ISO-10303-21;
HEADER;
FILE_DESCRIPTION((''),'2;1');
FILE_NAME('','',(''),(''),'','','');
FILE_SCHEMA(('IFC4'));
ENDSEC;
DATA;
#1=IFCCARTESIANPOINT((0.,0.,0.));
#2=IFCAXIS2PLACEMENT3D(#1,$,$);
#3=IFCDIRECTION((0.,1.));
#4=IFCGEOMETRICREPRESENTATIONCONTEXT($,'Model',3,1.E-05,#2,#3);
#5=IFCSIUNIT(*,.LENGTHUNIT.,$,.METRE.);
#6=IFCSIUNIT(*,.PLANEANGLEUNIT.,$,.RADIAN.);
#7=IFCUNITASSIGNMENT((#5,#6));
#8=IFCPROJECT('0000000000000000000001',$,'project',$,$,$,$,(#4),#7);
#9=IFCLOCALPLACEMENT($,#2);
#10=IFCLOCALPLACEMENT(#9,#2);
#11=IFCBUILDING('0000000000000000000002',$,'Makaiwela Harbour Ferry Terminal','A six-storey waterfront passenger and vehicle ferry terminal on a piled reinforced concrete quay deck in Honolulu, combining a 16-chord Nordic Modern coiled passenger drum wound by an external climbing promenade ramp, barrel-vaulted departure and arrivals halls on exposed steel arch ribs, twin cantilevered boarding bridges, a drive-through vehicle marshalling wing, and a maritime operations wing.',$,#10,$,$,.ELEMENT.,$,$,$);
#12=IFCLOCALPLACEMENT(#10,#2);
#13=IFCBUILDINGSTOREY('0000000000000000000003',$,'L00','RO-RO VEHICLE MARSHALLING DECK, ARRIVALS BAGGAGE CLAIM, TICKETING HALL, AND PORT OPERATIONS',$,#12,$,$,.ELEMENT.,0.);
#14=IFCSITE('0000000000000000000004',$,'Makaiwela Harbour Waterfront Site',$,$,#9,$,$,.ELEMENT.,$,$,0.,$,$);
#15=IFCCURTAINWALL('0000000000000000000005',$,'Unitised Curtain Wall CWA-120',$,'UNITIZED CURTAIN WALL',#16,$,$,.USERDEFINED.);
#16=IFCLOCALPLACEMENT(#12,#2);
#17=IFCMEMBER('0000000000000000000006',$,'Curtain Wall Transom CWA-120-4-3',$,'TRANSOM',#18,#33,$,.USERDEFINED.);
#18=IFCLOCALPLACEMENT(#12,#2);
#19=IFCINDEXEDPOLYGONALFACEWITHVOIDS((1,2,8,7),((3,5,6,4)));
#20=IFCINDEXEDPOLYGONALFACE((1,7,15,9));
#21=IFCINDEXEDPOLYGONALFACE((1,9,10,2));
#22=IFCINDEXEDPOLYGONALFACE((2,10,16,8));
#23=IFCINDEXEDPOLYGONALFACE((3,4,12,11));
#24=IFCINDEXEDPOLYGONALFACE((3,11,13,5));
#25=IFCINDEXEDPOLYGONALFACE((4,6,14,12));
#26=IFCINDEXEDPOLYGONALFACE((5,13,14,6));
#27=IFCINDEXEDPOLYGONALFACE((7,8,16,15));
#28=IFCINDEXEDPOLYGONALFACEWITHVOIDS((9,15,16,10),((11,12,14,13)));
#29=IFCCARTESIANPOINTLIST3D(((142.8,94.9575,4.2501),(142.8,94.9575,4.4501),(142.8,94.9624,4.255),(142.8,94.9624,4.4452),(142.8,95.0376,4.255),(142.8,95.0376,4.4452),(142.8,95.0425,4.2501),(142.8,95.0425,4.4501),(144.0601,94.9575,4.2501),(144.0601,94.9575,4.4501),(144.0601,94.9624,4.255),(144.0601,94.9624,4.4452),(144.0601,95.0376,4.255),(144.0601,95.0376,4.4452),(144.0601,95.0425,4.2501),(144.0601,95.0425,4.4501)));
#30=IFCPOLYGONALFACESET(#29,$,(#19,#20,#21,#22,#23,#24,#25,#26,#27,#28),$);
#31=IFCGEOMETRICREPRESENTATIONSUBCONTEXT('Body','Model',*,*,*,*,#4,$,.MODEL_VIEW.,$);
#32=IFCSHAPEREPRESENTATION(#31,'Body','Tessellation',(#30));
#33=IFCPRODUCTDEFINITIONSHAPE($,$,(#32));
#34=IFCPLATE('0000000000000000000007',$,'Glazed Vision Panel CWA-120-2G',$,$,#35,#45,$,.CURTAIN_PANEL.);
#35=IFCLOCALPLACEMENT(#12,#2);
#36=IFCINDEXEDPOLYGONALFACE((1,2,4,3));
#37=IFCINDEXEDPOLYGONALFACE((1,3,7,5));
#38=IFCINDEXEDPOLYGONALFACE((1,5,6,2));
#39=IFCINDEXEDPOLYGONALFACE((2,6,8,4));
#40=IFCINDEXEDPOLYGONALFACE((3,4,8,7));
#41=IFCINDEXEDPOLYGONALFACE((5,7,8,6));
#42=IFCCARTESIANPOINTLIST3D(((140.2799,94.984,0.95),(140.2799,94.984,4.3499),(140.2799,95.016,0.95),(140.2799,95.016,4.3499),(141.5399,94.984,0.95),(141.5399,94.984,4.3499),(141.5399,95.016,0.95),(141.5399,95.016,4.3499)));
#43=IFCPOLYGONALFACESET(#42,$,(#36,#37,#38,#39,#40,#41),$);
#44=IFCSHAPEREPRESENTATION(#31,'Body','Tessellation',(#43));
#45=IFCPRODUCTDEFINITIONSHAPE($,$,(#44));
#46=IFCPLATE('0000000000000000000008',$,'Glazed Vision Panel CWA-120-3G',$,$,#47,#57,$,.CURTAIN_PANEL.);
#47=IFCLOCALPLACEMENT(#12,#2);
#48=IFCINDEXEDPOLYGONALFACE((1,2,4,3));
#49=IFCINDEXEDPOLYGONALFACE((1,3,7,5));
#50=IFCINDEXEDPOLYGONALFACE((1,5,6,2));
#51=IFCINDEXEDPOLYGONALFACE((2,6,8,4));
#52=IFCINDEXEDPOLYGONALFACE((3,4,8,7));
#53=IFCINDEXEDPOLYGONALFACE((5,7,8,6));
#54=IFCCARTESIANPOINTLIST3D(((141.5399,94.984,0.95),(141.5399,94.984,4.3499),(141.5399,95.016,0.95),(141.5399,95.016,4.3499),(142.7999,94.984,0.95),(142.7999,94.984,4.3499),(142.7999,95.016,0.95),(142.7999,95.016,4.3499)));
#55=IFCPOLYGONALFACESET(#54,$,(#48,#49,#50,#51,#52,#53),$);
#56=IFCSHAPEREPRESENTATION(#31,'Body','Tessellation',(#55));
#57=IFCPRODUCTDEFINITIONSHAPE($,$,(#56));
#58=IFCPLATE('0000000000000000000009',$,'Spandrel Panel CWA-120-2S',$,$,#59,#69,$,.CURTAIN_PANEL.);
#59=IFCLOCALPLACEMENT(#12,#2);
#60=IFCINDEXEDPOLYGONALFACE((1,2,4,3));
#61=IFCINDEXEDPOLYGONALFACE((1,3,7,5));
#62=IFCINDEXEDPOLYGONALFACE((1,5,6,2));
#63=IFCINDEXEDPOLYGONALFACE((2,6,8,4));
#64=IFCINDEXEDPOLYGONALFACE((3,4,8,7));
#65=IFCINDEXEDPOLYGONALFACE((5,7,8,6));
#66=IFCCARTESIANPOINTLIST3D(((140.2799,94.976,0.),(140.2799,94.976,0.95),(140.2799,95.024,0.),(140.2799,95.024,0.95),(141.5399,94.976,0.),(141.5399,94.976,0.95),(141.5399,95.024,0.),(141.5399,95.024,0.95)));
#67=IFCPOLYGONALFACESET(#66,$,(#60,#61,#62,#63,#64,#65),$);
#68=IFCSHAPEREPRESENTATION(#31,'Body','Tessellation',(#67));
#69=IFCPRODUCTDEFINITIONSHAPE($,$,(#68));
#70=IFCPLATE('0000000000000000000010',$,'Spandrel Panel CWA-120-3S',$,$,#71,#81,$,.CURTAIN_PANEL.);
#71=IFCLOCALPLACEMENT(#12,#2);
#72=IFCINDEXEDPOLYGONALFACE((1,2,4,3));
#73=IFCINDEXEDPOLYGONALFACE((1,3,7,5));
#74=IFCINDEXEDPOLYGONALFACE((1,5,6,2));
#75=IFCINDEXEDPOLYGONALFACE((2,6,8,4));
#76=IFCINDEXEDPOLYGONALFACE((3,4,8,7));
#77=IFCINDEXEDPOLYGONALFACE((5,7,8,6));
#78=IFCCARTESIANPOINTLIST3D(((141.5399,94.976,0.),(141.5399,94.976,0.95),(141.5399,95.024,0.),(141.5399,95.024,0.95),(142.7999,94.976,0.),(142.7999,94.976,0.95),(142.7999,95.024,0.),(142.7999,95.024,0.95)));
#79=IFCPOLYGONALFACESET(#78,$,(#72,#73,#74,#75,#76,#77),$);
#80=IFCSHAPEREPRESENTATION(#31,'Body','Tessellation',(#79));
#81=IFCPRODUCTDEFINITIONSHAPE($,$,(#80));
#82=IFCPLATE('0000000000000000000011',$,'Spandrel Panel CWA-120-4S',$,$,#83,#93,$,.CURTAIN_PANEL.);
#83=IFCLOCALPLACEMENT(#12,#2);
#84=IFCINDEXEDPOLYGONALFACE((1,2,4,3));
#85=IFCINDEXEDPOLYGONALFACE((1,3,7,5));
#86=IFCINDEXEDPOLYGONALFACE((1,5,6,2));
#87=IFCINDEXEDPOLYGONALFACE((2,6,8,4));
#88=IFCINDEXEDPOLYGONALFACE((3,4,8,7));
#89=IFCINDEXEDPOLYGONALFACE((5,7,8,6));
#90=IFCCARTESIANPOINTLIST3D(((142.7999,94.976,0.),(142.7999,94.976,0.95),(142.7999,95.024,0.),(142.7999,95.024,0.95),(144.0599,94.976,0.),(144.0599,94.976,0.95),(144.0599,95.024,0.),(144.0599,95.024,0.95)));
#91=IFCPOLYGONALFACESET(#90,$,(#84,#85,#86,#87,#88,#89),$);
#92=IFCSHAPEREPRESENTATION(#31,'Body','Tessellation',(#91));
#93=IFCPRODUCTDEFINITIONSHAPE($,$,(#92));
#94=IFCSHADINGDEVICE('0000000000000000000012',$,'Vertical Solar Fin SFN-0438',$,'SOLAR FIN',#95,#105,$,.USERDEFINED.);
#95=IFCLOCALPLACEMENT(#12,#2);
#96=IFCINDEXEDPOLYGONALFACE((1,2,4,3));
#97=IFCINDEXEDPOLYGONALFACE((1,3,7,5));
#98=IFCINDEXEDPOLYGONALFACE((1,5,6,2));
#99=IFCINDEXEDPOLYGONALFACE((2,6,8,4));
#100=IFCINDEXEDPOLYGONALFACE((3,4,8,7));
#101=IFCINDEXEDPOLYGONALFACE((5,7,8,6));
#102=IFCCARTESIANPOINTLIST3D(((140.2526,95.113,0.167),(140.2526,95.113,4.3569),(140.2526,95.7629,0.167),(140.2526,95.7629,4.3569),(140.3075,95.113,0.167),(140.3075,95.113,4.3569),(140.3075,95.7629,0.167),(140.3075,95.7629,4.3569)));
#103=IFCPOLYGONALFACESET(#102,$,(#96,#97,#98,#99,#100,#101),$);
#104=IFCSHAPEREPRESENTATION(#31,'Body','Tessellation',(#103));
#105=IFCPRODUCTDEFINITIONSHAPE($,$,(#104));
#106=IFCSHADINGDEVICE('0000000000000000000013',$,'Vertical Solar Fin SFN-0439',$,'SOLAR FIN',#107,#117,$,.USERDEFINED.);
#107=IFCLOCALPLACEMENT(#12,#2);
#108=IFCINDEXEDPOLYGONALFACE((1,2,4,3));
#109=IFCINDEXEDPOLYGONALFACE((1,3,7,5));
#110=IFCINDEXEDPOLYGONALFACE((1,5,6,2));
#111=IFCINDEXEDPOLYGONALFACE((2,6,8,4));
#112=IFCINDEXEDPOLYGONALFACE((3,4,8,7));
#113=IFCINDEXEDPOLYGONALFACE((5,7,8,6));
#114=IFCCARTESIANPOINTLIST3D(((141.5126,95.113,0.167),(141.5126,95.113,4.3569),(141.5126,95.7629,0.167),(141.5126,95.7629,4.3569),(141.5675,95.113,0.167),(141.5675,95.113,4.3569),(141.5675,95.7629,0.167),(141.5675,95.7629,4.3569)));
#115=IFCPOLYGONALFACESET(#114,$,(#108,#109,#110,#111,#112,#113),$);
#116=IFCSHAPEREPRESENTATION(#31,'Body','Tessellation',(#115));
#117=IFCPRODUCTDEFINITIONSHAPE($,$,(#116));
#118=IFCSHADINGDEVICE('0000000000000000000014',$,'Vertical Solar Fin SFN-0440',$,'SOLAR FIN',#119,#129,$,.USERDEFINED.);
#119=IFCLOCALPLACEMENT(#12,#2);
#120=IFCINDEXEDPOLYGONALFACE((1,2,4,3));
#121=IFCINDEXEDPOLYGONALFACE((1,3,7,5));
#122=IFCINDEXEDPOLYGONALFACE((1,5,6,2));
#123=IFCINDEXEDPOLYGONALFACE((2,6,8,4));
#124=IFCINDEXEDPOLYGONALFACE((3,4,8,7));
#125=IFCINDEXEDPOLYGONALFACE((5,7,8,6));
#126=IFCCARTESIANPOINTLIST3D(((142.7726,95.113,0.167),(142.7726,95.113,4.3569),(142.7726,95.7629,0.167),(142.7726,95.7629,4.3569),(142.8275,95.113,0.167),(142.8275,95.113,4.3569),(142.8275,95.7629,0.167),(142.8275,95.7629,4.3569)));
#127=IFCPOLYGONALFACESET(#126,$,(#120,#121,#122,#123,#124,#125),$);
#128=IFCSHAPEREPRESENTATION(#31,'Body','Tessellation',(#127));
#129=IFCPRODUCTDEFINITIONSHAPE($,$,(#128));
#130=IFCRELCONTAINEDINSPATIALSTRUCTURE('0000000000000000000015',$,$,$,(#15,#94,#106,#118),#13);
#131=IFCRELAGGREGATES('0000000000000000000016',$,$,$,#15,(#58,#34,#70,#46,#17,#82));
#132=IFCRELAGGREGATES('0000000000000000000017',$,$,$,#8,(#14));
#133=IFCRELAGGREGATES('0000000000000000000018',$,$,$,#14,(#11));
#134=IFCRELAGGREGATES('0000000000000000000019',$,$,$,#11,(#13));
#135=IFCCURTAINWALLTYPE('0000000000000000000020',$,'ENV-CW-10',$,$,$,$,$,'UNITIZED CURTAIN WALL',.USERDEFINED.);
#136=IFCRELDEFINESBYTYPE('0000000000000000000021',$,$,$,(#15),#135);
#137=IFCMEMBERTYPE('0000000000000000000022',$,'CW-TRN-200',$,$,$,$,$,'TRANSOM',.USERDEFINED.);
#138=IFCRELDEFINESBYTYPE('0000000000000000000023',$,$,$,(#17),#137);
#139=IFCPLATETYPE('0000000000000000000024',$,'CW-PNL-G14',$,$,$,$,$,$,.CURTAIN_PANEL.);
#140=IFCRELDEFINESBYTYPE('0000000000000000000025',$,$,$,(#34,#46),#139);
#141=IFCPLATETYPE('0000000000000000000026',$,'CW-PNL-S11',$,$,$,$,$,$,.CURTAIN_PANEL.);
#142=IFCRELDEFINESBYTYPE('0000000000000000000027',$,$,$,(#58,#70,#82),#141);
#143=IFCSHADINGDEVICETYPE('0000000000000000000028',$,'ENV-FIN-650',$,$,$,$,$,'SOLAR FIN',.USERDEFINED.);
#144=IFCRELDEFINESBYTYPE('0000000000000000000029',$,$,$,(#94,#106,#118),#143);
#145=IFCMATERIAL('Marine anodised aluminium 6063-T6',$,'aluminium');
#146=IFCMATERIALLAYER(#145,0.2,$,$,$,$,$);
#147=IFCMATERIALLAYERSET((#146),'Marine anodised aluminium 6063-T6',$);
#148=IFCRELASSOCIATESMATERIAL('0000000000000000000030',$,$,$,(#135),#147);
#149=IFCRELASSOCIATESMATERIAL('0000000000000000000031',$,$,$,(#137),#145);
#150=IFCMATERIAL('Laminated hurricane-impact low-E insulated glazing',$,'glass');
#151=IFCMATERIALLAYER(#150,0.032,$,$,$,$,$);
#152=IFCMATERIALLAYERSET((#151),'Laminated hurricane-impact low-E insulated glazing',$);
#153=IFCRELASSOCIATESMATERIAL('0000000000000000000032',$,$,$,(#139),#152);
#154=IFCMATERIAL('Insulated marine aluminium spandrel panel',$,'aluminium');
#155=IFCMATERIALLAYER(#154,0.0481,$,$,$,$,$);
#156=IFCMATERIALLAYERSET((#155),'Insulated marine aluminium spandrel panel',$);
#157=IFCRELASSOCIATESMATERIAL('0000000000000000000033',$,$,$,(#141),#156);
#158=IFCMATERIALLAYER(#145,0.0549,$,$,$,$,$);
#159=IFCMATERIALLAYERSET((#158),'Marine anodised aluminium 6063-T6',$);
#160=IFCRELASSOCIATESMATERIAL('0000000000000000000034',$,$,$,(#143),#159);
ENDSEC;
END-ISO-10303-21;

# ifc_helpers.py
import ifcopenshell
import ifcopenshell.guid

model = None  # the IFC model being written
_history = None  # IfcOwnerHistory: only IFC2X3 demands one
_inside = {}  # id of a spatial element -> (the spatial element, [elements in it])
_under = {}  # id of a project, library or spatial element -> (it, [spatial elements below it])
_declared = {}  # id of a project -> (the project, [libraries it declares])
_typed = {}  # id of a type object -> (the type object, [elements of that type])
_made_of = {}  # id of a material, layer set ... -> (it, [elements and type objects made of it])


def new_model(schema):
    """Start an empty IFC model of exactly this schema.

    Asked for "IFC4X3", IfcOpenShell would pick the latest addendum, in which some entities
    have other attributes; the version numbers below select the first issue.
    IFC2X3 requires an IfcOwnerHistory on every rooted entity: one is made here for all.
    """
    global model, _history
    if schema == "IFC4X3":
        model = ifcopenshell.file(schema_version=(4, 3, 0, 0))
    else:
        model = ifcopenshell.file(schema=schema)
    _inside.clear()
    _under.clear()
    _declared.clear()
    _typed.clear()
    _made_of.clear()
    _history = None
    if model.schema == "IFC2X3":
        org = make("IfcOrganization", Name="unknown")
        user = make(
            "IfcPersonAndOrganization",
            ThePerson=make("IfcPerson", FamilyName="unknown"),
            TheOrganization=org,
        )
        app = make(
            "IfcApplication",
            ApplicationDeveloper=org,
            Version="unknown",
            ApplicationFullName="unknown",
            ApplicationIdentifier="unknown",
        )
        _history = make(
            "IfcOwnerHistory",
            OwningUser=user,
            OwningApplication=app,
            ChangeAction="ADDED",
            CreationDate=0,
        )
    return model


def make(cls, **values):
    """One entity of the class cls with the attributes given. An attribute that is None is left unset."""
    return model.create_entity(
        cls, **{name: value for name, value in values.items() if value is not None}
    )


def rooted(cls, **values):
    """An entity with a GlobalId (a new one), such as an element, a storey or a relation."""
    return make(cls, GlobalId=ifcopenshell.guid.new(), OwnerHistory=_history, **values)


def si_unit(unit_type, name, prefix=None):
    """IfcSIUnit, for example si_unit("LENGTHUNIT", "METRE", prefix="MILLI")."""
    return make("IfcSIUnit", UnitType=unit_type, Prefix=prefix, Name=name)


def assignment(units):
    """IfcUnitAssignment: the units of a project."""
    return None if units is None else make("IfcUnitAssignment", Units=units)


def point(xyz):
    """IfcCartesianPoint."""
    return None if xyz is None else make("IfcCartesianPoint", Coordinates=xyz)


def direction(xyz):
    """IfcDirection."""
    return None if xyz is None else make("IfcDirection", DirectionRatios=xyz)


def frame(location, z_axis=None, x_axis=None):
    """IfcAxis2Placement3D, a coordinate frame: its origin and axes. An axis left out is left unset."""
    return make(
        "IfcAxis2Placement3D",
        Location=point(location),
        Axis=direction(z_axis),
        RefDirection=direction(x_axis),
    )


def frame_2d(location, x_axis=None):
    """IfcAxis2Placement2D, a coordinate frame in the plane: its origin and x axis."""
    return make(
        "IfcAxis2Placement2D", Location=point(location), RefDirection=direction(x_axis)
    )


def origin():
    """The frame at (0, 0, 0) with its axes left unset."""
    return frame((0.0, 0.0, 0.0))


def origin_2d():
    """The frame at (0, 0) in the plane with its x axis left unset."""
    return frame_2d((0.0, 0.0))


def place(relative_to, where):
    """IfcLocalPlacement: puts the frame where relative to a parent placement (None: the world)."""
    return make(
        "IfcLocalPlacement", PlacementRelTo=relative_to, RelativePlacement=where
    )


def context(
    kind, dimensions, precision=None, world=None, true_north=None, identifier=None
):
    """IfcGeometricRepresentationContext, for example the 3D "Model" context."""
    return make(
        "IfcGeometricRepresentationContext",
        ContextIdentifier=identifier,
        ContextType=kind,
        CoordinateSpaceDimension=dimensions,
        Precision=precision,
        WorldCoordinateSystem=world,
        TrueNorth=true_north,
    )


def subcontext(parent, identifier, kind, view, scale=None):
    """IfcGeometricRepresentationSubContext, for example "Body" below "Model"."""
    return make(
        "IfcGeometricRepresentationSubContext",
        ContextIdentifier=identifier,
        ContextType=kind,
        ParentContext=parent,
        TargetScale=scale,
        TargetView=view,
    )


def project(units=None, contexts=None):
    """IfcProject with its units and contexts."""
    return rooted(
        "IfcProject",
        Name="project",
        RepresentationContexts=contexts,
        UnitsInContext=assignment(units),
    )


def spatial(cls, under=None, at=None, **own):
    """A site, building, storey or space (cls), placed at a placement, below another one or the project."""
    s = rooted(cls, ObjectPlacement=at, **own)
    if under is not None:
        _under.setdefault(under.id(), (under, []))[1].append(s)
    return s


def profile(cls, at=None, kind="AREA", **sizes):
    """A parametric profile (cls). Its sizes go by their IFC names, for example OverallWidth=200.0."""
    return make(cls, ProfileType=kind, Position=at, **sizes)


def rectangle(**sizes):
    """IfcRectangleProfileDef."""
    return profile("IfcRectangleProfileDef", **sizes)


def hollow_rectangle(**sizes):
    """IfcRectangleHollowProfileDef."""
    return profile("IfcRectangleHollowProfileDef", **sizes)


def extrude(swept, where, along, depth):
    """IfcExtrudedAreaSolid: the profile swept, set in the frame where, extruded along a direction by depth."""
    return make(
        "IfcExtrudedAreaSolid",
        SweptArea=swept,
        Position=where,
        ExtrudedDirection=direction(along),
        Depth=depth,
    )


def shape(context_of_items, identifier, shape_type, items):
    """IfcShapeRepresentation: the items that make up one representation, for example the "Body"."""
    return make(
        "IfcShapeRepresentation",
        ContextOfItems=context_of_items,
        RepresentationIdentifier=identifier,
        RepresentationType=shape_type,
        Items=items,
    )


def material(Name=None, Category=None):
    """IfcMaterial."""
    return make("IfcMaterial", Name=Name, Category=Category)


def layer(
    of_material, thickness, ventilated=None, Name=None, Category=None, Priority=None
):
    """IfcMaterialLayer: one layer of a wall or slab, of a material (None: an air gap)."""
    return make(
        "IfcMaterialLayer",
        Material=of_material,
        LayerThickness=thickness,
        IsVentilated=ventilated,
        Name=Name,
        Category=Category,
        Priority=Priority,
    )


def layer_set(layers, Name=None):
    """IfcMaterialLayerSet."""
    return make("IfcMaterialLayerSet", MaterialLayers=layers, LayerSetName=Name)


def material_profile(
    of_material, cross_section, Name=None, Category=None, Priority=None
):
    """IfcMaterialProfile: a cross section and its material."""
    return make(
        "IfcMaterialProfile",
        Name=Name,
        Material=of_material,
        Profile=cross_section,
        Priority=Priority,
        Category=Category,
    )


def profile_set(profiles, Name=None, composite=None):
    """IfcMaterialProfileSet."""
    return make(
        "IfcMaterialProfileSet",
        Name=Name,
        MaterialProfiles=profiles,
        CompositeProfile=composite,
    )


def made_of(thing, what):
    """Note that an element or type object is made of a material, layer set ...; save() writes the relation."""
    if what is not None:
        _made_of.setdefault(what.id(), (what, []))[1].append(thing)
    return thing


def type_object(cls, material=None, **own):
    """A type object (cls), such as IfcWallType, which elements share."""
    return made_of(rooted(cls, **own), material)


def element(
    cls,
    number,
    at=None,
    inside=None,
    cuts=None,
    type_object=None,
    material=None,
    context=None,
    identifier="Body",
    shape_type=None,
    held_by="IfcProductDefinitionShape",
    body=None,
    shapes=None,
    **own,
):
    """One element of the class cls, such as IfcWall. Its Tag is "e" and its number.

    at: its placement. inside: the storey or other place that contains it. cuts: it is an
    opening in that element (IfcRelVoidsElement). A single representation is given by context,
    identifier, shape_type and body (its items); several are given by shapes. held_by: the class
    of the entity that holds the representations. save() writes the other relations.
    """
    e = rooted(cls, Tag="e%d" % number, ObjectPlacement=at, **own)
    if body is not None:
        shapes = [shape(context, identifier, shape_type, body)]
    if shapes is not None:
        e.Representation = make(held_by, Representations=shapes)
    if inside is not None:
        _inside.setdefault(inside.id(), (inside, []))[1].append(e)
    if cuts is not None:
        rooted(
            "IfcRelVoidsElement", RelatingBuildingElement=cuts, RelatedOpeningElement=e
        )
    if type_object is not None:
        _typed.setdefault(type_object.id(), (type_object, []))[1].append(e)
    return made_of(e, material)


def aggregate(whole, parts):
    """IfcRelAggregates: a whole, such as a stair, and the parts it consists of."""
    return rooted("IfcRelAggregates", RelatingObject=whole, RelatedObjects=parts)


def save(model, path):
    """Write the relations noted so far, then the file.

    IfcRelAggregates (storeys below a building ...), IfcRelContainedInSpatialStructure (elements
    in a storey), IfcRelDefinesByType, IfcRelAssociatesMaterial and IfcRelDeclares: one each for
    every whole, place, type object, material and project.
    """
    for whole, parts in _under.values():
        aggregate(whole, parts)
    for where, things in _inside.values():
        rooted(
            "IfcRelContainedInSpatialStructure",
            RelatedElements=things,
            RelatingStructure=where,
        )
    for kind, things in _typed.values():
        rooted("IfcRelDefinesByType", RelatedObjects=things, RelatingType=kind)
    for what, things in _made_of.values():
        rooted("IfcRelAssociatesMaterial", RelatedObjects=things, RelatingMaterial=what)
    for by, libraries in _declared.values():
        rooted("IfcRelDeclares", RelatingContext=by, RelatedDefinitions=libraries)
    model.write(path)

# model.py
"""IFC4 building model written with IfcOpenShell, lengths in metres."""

from ifc_helpers import new_model, si_unit, direction, frame, origin, origin_2d, place, context, subcontext, project, spatial, rectangle, hollow_rectangle, extrude, material, layer, layer_set, material_profile, profile_set, type_object, element, aggregate, save


model = new_model("IFC4")

# Units and contexts
model_context = context("Model", 3, precision=1e-05, world=origin(), true_north=direction((0.0, 1.0)))
body_context = subcontext(model_context, "Body", "Model", "MODEL_VIEW")
ifc_project = project(units=[si_unit("LENGTHUNIT", "METRE"), si_unit("PLANEANGLEUNIT", "RADIAN")], contexts=[model_context])

# Site, building, storey
site_placement = place(None, origin())
site = spatial("IfcSite", under=ifc_project, at=site_placement, Name="Makaiwela Harbour Waterfront Site", CompositionType="ELEMENT", RefElevation=0.0)
building_placement = place(site_placement, origin())
building = spatial("IfcBuilding", under=site, at=building_placement, Name="Makaiwela Harbour Ferry Terminal", Description="A six-storey waterfront passenger and vehicle ferry terminal on a piled reinforced concrete quay deck in Honolulu, combining a 16-chord Nordic Modern coiled passenger drum wound by an external climbing promenade ramp, barrel-vaulted departure and arrivals halls on exposed steel arch ribs, twin cantilevered boarding bridges, a drive-through vehicle marshalling wing, and a maritime operations wing.", CompositionType="ELEMENT")
storey_placement = place(building_placement, origin())
storey = spatial("IfcBuildingStorey", under=building, at=storey_placement, Name="L00", Description="RO-RO VEHICLE MARSHALLING DECK, ARRIVALS BAGGAGE CLAIM, TICKETING HALL, AND PORT OPERATIONS", CompositionType="ELEMENT", Elevation=0.0)

# Curtain wall, member, plates
ifc_material_1 = material(Name="Marine anodised aluminium 6063-T6", Category="aluminium")
ifc_layer_1 = layer(ifc_material_1, 0.2)
ifc_layer_set_1 = layer_set([ifc_layer_1], Name="Marine anodised aluminium 6063-T6")
curtain_wall_type = type_object("IfcCurtainWallType", Name="ENV-CW-10", ElementType="UNITIZED CURTAIN WALL", PredefinedType="USERDEFINED", material=ifc_layer_set_1)
curtain_wall_placement = place(storey_placement, origin())
curtain_wall = element("IfcCurtainWall", 1, at=curtain_wall_placement, inside=storey, type_object=curtain_wall_type, Name="Unitised Curtain Wall CWA-120", ObjectType="UNITIZED CURTAIN WALL", PredefinedType="USERDEFINED")
ifc_material_profile_1 = material_profile(ifc_material_1, hollow_rectangle(XDim=0.085, YDim=0.2, WallThickness=0.0049, at=origin_2d()), Name="CWT-200X85")
ifc_profile_set_1 = profile_set([ifc_material_profile_1], Name="Marine anodised aluminium 6063-T6")
member_type_1 = type_object("IfcMemberType", Name="CW-TRN-200", ElementType="TRANSOM", PredefinedType="USERDEFINED", material=ifc_profile_set_1)
member_1_placement = place(storey_placement, frame((142.8, 95.0, 4.3501), z_axis=(1.0, 0.0, 0.0), x_axis=(0.0, 1.0, 0.0)))
member_1 = element("IfcMember", 2, at=member_1_placement, type_object=member_type_1, Name="Curtain Wall Transom CWA-120-4-3", ObjectType="TRANSOM", PredefinedType="USERDEFINED", context=body_context, shape_type="SweptSolid", body=[
    extrude(hollow_rectangle(XDim=0.085, YDim=0.2, WallThickness=0.0049, at=origin_2d()), origin(), (0.0, 0.0, 1.0), 1.26),
])
ifc_material_2 = material(Name="Laminated hurricane-impact low-E insulated glazing", Category="glass")
ifc_layer_2 = layer(ifc_material_2, 0.032)
ifc_layer_set_2 = layer_set([ifc_layer_2], Name="Laminated hurricane-impact low-E insulated glazing")
plate_type_1 = type_object("IfcPlateType", Name="CW-PNL-G14", PredefinedType="CURTAIN_PANEL", material=ifc_layer_set_2)
plate_1_placement = place(storey_placement, frame((140.9099, 95.0, 0.95), z_axis=(0.0, 0.0, 1.0), x_axis=(1.0, 0.0, 0.0)))
plate_1 = element("IfcPlate", 3, at=plate_1_placement, type_object=plate_type_1, Name="Glazed Vision Panel CWA-120-2G", PredefinedType="CURTAIN_PANEL", context=body_context, shape_type="SweptSolid", body=[
    extrude(rectangle(XDim=1.26, YDim=0.032, at=origin_2d()), origin(), (0.0, 0.0, 1.0), 3.3999),
])
plate_2_placement = place(storey_placement, frame((142.1699, 95.0, 0.95), z_axis=(0.0, 0.0, 1.0), x_axis=(1.0, 0.0, 0.0)))
plate_2 = element("IfcPlate", 4, at=plate_2_placement, type_object=plate_type_1, Name="Glazed Vision Panel CWA-120-3G", PredefinedType="CURTAIN_PANEL", context=body_context, shape_type="SweptSolid", body=[
    extrude(rectangle(XDim=1.26, YDim=0.032, at=origin_2d()), origin(), (0.0, 0.0, 1.0), 3.3999),
])
ifc_material_3 = material(Name="Insulated marine aluminium spandrel panel", Category="aluminium")
ifc_layer_3 = layer(ifc_material_3, 0.0481)
ifc_layer_set_3 = layer_set([ifc_layer_3], Name="Insulated marine aluminium spandrel panel")
plate_type_2 = type_object("IfcPlateType", Name="CW-PNL-S11", PredefinedType="CURTAIN_PANEL", material=ifc_layer_set_3)
plate_3_placement = place(storey_placement, frame((140.9099, 95.0, 0.0), z_axis=(0.0, 0.0, 1.0), x_axis=(1.0, 0.0, 0.0)))
plate_3 = element("IfcPlate", 5, at=plate_3_placement, type_object=plate_type_2, Name="Spandrel Panel CWA-120-2S", PredefinedType="CURTAIN_PANEL", context=body_context, shape_type="SweptSolid", body=[
    extrude(rectangle(XDim=1.26, YDim=0.0481, at=origin_2d()), origin(), (0.0, 0.0, 1.0), 0.95),
])
plate_4_placement = place(storey_placement, frame((142.1699, 95.0, 0.0), z_axis=(0.0, 0.0, 1.0), x_axis=(1.0, 0.0, 0.0)))
plate_4 = element("IfcPlate", 6, at=plate_4_placement, type_object=plate_type_2, Name="Spandrel Panel CWA-120-3S", PredefinedType="CURTAIN_PANEL", context=body_context, shape_type="SweptSolid", body=[
    extrude(rectangle(XDim=1.26, YDim=0.0481, at=origin_2d()), origin(), (0.0, 0.0, 1.0), 0.95),
])
plate_5_placement = place(storey_placement, frame((143.4299, 95.0, 0.0), z_axis=(0.0, 0.0, 1.0), x_axis=(1.0, 0.0, 0.0)))
plate_5 = element("IfcPlate", 7, at=plate_5_placement, type_object=plate_type_2, Name="Spandrel Panel CWA-120-4S", PredefinedType="CURTAIN_PANEL", context=body_context, shape_type="SweptSolid", body=[
    extrude(rectangle(XDim=1.26, YDim=0.0481, at=origin_2d()), origin(), (0.0, 0.0, 1.0), 0.95),
])
aggregate(curtain_wall, [plate_3, plate_1, plate_4, plate_2, member_1, plate_5])

# Shading devices
ifc_layer_4 = layer(ifc_material_1, 0.0549)
ifc_layer_set_4 = layer_set([ifc_layer_4], Name="Marine anodised aluminium 6063-T6")
shading_device_type = type_object("IfcShadingDeviceType", Name="ENV-FIN-650", ElementType="SOLAR FIN", PredefinedType="USERDEFINED", material=ifc_layer_set_4)
for number, where, z_axis, x_axis, name in (
    (8, (140.28, 95.438, 0.167), (0.0, 0.0, 1.0), (0.0, 1.0, 0.0), "Vertical Solar Fin SFN-0438"),
    (9, (141.54, 95.438, 0.167), (0.0, 0.0, 1.0), (0.0, 1.0, 0.0), "Vertical Solar Fin SFN-0439"),
    (10, (142.8, 95.438, 0.167), (0.0, 0.0, 1.0), (0.0, 1.0, 0.0), "Vertical Solar Fin SFN-0440"),
):
    element("IfcShadingDevice", number, at=place(storey_placement, frame(where, z_axis=z_axis, x_axis=x_axis)), inside=storey, type_object=shading_device_type, Name=name, ObjectType="SOLAR FIN", PredefinedType="USERDEFINED", context=body_context, shape_type="SweptSolid", body=[
        extrude(rectangle(XDim=0.6499, YDim=0.0549, at=origin_2d()), origin(), (0.0, 0.0, 1.0), 4.1899),
    ])

save(model, "model.ifc")
